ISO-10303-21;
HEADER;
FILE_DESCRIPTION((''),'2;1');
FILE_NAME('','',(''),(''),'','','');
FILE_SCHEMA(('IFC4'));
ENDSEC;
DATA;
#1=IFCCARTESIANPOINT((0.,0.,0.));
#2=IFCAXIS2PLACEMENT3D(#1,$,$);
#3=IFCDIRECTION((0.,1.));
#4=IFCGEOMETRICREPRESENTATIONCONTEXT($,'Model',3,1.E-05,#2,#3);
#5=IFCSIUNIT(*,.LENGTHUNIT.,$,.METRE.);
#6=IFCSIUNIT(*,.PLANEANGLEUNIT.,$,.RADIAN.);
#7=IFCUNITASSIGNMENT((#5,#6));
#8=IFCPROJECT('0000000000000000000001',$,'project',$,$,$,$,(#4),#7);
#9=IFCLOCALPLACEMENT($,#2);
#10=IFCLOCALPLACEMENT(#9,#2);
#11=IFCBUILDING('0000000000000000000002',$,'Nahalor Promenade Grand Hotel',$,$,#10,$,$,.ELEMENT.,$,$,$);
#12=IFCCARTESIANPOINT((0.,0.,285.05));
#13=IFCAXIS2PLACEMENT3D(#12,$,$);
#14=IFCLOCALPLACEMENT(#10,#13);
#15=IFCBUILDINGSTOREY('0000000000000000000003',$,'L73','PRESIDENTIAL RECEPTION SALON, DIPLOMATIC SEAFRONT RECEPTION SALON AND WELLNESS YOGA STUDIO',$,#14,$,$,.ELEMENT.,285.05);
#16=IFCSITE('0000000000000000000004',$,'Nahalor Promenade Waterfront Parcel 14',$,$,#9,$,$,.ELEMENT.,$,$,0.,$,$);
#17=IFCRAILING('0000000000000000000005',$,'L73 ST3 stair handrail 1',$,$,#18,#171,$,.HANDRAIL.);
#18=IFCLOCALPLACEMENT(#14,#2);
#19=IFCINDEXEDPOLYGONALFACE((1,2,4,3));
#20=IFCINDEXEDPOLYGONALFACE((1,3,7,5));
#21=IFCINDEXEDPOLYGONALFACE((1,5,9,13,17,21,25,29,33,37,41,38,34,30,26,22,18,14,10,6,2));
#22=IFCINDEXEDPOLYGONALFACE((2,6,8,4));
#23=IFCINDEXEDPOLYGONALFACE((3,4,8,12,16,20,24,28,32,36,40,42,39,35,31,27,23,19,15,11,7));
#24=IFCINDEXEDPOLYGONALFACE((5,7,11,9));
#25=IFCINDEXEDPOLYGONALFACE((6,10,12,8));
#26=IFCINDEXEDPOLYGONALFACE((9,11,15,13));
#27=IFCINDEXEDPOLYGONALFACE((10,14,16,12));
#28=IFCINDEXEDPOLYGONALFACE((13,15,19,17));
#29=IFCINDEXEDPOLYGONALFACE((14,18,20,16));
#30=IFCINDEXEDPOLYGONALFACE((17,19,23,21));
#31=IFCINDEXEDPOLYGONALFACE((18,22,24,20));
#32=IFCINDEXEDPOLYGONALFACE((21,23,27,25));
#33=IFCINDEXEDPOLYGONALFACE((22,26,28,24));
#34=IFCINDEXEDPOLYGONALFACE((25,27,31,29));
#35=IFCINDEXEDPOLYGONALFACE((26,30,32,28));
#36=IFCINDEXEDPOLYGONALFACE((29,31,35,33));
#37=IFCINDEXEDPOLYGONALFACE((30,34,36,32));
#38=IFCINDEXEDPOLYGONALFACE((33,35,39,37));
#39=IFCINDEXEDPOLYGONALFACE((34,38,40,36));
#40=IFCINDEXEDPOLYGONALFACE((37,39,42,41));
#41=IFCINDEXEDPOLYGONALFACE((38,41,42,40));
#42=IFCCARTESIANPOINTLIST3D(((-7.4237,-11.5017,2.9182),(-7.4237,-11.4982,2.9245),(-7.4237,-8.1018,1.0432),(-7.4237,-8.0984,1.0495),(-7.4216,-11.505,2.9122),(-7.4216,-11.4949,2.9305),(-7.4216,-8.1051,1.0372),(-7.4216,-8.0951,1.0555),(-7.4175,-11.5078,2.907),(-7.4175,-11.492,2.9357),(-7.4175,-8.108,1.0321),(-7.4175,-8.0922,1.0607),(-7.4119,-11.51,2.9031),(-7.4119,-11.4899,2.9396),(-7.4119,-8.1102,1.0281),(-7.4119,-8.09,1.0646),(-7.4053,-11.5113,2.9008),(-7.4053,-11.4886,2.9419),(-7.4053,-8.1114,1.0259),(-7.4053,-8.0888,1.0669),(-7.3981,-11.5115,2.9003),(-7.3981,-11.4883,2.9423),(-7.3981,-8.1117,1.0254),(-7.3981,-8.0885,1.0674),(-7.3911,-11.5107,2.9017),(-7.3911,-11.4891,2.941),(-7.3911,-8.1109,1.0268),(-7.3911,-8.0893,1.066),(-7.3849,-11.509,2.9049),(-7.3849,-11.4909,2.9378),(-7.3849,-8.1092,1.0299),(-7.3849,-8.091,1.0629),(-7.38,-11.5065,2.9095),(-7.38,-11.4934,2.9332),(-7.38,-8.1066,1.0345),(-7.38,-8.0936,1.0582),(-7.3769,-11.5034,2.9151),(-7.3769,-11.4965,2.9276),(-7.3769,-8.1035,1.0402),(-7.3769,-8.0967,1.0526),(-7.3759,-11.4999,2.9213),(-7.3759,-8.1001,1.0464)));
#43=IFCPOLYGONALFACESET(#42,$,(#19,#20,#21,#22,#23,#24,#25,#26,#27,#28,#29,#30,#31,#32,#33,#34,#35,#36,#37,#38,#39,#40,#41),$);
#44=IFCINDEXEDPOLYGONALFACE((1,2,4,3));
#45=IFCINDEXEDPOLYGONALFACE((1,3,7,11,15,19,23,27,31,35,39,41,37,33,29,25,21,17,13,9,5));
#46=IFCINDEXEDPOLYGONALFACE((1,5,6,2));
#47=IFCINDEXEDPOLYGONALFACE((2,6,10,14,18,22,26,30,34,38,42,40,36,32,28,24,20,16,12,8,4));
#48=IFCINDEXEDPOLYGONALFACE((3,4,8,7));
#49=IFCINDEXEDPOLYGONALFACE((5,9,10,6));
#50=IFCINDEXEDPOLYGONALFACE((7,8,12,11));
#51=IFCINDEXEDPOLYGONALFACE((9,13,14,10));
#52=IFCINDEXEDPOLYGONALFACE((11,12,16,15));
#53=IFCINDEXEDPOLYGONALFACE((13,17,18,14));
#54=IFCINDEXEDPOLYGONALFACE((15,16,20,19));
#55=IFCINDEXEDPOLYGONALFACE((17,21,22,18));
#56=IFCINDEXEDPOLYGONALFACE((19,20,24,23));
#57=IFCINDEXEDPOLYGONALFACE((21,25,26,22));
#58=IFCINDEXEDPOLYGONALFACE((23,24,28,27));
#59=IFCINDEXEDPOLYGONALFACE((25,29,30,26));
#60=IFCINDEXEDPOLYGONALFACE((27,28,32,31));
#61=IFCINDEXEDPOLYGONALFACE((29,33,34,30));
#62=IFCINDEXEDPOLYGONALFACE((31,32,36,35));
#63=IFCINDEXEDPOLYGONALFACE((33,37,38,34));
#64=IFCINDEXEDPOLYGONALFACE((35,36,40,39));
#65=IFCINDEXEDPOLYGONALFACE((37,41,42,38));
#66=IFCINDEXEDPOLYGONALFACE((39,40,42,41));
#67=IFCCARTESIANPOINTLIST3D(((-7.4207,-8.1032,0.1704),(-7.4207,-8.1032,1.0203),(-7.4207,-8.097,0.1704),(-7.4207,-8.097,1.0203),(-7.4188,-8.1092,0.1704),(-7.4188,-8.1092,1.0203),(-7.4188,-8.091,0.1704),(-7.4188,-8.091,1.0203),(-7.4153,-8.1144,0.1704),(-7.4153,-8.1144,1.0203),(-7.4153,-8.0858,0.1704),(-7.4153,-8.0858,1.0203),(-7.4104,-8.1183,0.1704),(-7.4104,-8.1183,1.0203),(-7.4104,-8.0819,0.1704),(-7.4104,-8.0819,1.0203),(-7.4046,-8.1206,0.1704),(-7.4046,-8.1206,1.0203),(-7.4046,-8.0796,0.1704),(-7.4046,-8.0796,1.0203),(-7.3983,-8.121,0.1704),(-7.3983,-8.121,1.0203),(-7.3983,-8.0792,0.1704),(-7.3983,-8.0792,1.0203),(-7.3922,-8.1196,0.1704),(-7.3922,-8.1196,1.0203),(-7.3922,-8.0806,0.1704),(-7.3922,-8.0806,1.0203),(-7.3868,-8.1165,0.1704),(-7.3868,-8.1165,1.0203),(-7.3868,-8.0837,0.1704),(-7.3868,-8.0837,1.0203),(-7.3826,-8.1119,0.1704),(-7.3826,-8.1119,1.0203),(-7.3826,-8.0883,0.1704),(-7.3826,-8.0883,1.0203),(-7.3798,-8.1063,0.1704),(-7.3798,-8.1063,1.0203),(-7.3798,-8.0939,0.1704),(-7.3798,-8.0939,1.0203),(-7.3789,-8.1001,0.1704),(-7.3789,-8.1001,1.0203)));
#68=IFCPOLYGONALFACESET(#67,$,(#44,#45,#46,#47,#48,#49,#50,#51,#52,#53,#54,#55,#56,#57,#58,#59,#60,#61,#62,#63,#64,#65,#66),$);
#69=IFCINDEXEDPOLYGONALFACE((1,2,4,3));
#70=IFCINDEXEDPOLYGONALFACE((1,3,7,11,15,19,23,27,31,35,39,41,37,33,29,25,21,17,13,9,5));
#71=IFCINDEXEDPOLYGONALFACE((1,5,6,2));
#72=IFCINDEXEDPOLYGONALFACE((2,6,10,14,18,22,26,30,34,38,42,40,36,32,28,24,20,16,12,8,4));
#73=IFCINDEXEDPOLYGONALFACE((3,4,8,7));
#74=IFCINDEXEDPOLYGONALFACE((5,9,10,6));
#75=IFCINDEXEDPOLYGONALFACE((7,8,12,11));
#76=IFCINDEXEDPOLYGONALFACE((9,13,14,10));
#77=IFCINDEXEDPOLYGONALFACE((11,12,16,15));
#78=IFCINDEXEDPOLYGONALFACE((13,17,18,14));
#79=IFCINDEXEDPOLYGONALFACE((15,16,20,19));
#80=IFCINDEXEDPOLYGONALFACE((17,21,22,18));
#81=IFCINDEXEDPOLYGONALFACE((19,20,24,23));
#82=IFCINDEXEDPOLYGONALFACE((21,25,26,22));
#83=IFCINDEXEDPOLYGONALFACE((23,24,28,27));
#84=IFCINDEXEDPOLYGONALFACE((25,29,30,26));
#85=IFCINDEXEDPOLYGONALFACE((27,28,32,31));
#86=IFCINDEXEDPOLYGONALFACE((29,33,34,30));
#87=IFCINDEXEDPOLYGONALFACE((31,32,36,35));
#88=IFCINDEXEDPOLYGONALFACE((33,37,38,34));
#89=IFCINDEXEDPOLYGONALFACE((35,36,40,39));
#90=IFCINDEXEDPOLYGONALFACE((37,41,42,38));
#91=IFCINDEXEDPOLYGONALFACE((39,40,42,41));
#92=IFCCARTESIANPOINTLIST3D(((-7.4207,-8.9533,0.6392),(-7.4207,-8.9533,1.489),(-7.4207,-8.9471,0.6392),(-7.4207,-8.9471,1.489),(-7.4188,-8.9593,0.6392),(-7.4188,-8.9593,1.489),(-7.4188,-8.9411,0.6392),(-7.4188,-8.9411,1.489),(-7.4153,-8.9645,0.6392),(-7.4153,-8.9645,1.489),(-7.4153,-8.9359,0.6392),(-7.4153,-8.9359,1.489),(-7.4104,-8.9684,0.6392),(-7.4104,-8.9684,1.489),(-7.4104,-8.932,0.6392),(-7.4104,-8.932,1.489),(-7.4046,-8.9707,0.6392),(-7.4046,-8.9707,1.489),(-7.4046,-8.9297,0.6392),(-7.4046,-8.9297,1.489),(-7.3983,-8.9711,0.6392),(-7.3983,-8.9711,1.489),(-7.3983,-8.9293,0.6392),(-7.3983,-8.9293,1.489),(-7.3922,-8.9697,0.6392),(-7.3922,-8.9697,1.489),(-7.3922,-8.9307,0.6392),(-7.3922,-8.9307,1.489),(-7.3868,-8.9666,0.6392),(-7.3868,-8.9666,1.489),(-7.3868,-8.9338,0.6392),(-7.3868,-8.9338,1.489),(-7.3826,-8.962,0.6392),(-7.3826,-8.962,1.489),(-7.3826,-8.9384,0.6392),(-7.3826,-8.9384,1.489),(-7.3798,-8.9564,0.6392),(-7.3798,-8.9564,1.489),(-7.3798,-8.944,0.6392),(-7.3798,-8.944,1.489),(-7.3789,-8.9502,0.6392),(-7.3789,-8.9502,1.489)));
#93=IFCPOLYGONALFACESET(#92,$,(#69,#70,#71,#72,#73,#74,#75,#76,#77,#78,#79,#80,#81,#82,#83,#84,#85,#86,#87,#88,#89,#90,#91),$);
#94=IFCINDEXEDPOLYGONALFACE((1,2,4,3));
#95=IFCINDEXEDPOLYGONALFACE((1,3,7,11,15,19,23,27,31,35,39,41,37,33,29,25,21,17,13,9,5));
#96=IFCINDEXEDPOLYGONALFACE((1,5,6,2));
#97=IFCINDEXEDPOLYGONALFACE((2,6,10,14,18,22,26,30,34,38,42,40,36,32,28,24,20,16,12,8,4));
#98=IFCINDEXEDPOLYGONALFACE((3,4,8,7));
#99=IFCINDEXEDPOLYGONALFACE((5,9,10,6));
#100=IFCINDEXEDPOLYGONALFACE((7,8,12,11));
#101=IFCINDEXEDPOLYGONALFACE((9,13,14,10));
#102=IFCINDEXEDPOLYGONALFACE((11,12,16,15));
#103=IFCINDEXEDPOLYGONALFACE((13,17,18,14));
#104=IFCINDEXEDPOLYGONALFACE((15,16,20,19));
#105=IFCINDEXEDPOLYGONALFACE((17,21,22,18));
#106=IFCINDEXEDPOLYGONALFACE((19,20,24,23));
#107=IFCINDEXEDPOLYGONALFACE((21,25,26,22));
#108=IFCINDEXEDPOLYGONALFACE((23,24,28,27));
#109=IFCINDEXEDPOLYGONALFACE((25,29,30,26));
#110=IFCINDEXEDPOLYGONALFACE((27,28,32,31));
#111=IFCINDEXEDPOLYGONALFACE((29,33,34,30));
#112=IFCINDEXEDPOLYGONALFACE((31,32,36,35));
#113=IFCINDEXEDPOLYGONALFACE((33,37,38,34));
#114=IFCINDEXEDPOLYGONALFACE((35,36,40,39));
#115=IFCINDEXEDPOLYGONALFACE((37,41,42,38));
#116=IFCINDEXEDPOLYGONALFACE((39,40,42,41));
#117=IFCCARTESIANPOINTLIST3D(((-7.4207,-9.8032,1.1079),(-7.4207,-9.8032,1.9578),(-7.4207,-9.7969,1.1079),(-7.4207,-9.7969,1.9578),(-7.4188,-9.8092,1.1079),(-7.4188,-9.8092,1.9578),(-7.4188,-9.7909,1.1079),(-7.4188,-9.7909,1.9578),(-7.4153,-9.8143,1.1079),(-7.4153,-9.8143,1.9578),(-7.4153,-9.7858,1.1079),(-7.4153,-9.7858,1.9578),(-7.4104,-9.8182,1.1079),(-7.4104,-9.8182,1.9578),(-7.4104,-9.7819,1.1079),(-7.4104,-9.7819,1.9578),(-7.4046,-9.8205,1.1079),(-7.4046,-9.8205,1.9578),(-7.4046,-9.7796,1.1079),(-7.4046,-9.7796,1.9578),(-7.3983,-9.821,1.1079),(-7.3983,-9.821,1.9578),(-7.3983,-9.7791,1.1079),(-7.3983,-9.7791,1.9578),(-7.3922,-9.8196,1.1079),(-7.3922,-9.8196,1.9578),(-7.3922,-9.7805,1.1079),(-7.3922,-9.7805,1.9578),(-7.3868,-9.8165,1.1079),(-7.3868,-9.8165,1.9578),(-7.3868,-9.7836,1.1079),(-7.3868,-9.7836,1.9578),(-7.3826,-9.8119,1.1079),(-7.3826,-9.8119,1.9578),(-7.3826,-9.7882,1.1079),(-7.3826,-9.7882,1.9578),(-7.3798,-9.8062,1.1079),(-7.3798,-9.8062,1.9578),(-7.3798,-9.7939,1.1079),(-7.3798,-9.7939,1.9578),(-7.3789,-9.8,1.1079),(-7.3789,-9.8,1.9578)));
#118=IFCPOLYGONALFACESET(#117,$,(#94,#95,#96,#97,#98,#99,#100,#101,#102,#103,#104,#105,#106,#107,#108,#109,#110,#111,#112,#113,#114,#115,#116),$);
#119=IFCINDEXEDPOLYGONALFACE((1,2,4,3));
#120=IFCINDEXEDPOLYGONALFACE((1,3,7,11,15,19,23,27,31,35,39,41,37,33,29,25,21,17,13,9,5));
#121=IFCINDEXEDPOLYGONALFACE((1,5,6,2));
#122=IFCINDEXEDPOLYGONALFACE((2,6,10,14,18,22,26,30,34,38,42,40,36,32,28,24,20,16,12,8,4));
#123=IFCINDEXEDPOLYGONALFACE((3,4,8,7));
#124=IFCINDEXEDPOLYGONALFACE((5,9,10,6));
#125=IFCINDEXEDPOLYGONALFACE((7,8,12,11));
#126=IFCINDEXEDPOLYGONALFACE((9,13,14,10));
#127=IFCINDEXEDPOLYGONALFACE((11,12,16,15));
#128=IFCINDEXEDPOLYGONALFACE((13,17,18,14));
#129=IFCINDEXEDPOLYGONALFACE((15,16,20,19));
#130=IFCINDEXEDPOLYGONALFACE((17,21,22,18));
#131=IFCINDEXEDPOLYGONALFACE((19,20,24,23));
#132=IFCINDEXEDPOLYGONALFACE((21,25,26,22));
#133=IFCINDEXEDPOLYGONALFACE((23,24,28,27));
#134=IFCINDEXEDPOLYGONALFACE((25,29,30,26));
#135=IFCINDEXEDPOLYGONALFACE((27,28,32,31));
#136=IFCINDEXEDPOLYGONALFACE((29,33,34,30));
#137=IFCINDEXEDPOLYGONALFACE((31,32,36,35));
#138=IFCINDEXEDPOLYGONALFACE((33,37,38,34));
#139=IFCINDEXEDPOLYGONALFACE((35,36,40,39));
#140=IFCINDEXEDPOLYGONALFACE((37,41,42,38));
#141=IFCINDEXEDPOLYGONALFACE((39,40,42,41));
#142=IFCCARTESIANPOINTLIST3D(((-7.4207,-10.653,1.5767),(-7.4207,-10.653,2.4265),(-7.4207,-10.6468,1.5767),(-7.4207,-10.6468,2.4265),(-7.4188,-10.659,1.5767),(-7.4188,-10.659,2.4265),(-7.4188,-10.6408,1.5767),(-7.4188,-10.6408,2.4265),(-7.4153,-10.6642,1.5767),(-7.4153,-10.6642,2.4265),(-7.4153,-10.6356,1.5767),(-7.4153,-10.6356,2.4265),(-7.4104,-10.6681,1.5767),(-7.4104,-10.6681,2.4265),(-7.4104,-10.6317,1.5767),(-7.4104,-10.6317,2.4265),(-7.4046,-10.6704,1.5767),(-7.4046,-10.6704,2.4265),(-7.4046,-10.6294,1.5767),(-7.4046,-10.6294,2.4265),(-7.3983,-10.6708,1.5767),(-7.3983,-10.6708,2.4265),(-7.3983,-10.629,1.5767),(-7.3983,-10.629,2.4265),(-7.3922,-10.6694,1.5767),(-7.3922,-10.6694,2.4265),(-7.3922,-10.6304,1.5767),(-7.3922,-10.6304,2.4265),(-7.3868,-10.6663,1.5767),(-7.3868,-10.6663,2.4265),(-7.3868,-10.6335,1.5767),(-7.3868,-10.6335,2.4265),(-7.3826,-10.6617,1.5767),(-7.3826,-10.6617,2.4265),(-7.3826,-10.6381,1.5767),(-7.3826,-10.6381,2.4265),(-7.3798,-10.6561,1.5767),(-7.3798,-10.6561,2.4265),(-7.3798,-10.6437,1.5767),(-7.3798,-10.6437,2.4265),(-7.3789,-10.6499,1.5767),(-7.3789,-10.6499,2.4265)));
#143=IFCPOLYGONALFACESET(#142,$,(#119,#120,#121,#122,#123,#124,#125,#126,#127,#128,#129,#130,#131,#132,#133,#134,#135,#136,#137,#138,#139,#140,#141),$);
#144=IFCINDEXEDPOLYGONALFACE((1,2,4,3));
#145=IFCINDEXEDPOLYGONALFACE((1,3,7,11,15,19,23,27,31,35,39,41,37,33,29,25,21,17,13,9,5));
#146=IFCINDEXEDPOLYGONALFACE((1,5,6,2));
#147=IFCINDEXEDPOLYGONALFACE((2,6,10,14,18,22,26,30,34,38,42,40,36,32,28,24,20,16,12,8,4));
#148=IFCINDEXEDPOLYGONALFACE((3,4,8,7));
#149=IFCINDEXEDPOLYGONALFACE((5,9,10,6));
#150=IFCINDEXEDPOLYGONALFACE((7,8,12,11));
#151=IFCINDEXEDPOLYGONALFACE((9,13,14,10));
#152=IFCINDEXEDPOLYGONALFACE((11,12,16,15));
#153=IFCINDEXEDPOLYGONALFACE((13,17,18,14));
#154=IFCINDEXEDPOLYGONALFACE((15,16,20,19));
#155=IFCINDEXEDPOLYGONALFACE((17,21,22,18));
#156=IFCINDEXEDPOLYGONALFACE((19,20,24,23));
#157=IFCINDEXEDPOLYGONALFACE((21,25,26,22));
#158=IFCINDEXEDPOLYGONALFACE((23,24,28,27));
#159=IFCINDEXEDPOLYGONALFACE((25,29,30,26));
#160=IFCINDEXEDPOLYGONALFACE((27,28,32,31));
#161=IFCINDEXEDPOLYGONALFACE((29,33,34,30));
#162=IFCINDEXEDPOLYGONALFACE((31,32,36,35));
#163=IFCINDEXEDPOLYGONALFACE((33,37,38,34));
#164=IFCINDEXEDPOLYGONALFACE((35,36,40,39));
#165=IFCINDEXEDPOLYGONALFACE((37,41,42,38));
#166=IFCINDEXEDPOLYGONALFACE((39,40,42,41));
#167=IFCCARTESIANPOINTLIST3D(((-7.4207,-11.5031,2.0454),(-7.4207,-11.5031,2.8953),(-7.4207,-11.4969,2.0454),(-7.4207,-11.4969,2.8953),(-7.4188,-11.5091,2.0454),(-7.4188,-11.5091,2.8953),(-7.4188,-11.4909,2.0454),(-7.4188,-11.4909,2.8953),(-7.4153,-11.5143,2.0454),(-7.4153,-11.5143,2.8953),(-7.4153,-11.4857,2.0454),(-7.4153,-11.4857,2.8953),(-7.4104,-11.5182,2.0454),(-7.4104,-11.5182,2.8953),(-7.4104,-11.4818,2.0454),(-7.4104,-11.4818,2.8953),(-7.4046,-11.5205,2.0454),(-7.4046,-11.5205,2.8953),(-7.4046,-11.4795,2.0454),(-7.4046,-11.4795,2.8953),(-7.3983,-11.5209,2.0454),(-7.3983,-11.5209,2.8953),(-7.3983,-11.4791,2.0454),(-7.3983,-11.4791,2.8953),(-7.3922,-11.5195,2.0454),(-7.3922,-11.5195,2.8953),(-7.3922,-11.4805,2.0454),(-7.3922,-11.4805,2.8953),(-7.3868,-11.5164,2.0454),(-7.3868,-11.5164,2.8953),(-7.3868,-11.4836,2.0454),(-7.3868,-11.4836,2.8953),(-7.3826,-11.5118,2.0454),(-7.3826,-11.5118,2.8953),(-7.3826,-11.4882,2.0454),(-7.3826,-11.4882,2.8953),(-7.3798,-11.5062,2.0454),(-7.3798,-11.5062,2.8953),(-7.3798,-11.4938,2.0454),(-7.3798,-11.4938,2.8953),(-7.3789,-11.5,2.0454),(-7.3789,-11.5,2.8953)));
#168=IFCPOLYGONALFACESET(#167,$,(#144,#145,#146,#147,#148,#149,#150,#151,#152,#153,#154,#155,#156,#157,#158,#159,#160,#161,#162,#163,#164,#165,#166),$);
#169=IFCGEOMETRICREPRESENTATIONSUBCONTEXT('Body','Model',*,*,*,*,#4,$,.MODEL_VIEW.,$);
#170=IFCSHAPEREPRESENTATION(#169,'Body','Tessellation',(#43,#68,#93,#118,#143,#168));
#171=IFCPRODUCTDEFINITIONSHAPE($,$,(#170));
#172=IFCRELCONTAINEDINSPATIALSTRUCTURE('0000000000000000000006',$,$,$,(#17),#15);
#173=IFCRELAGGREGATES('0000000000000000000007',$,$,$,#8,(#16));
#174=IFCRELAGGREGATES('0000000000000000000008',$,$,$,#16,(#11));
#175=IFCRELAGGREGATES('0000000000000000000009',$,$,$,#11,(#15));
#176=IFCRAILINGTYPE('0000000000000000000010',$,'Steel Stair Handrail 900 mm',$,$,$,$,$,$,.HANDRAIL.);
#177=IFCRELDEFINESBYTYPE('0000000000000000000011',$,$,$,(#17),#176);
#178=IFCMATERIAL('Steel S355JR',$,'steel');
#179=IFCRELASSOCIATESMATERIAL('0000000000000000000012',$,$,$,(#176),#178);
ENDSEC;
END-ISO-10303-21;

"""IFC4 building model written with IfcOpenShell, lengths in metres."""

from ifc_helpers import new_model, si_unit, direction, frame, origin, origin_2d, place, context, subcontext, project, spatial, circle, extrude, material, type_object, element, save


model = new_model("IFC4")

# Units and contexts
model_context = context("Model", 3, precision=1e-05, world=origin(), true_north=direction((0.0, 1.0)))
body_context = subcontext(model_context, "Body", "Model", "MODEL_VIEW")
ifc_project = project(units=[si_unit("LENGTHUNIT", "METRE"), si_unit("PLANEANGLEUNIT", "RADIAN")], contexts=[model_context])

# Site, building, storey
site_placement = place(None, origin())
site = spatial("IfcSite", under=ifc_project, at=site_placement, Name="Nahalor Promenade Waterfront Parcel 14", CompositionType="ELEMENT", RefElevation=0.0)
building_placement = place(site_placement, origin())
building = spatial("IfcBuilding", under=site, at=building_placement, Name="Nahalor Promenade Grand Hotel", CompositionType="ELEMENT")
storey_placement = place(building_placement, frame((0.0, 0.0, 285.05)))
storey = spatial("IfcBuildingStorey", under=building, at=storey_placement, Name="L73", Description="PRESIDENTIAL RECEPTION SALON, DIPLOMATIC SEAFRONT RECEPTION SALON AND WELLNESS YOGA STUDIO", CompositionType="ELEMENT", Elevation=285.05)

# Shared definitions
ifc_material_1 = material(Name="Steel S355JR", Category="steel")

# Railing
railing_type_1 = type_object("IfcRailingType", Name="Steel Stair Handrail 900 mm", PredefinedType="HANDRAIL", material=ifc_material_1)
railing_1_placement = place(storey_placement, frame((-7.3999, -8.1001, 0.1704)))
element("IfcRailing", 1, at=railing_1_placement, inside=storey, type_object=railing_type_1, Name="L73 ST3 stair handrail 1", PredefinedType="HANDRAIL", context=body_context, shape_type="SweptSolid", body=[
    extrude(circle(Radius=0.024, at=origin_2d()), frame((0.0, 0.0, 0.876), z_axis=(0.0, -0.875666, 0.482918), x_axis=(1.0, 0.0, 0.0)), (0.0, 0.0, 1.0), 3.8826),
    extrude(circle(Radius=0.021, at=origin_2d()), origin(), (0.0, 0.0, 1.0), 0.8499),
    extrude(circle(Radius=0.021, at=origin_2d()), frame((0.0, -0.8501, 0.4688)), (0.0, 0.0, 1.0), 0.8499),
    extrude(circle(Radius=0.021, at=origin_2d()), frame((0.0, -1.7, 0.9375)), (0.0, 0.0, 1.0), 0.8499),
    extrude(circle(Radius=0.021, at=origin_2d()), frame((0.0, -2.5498, 1.4062)), (0.0, 0.0, 1.0), 0.8499),
    extrude(circle(Radius=0.021, at=origin_2d()), frame((0.0, -3.3999, 1.875)), (0.0, 0.0, 1.0), 0.8499),
])

save(model, "model.ifc")
